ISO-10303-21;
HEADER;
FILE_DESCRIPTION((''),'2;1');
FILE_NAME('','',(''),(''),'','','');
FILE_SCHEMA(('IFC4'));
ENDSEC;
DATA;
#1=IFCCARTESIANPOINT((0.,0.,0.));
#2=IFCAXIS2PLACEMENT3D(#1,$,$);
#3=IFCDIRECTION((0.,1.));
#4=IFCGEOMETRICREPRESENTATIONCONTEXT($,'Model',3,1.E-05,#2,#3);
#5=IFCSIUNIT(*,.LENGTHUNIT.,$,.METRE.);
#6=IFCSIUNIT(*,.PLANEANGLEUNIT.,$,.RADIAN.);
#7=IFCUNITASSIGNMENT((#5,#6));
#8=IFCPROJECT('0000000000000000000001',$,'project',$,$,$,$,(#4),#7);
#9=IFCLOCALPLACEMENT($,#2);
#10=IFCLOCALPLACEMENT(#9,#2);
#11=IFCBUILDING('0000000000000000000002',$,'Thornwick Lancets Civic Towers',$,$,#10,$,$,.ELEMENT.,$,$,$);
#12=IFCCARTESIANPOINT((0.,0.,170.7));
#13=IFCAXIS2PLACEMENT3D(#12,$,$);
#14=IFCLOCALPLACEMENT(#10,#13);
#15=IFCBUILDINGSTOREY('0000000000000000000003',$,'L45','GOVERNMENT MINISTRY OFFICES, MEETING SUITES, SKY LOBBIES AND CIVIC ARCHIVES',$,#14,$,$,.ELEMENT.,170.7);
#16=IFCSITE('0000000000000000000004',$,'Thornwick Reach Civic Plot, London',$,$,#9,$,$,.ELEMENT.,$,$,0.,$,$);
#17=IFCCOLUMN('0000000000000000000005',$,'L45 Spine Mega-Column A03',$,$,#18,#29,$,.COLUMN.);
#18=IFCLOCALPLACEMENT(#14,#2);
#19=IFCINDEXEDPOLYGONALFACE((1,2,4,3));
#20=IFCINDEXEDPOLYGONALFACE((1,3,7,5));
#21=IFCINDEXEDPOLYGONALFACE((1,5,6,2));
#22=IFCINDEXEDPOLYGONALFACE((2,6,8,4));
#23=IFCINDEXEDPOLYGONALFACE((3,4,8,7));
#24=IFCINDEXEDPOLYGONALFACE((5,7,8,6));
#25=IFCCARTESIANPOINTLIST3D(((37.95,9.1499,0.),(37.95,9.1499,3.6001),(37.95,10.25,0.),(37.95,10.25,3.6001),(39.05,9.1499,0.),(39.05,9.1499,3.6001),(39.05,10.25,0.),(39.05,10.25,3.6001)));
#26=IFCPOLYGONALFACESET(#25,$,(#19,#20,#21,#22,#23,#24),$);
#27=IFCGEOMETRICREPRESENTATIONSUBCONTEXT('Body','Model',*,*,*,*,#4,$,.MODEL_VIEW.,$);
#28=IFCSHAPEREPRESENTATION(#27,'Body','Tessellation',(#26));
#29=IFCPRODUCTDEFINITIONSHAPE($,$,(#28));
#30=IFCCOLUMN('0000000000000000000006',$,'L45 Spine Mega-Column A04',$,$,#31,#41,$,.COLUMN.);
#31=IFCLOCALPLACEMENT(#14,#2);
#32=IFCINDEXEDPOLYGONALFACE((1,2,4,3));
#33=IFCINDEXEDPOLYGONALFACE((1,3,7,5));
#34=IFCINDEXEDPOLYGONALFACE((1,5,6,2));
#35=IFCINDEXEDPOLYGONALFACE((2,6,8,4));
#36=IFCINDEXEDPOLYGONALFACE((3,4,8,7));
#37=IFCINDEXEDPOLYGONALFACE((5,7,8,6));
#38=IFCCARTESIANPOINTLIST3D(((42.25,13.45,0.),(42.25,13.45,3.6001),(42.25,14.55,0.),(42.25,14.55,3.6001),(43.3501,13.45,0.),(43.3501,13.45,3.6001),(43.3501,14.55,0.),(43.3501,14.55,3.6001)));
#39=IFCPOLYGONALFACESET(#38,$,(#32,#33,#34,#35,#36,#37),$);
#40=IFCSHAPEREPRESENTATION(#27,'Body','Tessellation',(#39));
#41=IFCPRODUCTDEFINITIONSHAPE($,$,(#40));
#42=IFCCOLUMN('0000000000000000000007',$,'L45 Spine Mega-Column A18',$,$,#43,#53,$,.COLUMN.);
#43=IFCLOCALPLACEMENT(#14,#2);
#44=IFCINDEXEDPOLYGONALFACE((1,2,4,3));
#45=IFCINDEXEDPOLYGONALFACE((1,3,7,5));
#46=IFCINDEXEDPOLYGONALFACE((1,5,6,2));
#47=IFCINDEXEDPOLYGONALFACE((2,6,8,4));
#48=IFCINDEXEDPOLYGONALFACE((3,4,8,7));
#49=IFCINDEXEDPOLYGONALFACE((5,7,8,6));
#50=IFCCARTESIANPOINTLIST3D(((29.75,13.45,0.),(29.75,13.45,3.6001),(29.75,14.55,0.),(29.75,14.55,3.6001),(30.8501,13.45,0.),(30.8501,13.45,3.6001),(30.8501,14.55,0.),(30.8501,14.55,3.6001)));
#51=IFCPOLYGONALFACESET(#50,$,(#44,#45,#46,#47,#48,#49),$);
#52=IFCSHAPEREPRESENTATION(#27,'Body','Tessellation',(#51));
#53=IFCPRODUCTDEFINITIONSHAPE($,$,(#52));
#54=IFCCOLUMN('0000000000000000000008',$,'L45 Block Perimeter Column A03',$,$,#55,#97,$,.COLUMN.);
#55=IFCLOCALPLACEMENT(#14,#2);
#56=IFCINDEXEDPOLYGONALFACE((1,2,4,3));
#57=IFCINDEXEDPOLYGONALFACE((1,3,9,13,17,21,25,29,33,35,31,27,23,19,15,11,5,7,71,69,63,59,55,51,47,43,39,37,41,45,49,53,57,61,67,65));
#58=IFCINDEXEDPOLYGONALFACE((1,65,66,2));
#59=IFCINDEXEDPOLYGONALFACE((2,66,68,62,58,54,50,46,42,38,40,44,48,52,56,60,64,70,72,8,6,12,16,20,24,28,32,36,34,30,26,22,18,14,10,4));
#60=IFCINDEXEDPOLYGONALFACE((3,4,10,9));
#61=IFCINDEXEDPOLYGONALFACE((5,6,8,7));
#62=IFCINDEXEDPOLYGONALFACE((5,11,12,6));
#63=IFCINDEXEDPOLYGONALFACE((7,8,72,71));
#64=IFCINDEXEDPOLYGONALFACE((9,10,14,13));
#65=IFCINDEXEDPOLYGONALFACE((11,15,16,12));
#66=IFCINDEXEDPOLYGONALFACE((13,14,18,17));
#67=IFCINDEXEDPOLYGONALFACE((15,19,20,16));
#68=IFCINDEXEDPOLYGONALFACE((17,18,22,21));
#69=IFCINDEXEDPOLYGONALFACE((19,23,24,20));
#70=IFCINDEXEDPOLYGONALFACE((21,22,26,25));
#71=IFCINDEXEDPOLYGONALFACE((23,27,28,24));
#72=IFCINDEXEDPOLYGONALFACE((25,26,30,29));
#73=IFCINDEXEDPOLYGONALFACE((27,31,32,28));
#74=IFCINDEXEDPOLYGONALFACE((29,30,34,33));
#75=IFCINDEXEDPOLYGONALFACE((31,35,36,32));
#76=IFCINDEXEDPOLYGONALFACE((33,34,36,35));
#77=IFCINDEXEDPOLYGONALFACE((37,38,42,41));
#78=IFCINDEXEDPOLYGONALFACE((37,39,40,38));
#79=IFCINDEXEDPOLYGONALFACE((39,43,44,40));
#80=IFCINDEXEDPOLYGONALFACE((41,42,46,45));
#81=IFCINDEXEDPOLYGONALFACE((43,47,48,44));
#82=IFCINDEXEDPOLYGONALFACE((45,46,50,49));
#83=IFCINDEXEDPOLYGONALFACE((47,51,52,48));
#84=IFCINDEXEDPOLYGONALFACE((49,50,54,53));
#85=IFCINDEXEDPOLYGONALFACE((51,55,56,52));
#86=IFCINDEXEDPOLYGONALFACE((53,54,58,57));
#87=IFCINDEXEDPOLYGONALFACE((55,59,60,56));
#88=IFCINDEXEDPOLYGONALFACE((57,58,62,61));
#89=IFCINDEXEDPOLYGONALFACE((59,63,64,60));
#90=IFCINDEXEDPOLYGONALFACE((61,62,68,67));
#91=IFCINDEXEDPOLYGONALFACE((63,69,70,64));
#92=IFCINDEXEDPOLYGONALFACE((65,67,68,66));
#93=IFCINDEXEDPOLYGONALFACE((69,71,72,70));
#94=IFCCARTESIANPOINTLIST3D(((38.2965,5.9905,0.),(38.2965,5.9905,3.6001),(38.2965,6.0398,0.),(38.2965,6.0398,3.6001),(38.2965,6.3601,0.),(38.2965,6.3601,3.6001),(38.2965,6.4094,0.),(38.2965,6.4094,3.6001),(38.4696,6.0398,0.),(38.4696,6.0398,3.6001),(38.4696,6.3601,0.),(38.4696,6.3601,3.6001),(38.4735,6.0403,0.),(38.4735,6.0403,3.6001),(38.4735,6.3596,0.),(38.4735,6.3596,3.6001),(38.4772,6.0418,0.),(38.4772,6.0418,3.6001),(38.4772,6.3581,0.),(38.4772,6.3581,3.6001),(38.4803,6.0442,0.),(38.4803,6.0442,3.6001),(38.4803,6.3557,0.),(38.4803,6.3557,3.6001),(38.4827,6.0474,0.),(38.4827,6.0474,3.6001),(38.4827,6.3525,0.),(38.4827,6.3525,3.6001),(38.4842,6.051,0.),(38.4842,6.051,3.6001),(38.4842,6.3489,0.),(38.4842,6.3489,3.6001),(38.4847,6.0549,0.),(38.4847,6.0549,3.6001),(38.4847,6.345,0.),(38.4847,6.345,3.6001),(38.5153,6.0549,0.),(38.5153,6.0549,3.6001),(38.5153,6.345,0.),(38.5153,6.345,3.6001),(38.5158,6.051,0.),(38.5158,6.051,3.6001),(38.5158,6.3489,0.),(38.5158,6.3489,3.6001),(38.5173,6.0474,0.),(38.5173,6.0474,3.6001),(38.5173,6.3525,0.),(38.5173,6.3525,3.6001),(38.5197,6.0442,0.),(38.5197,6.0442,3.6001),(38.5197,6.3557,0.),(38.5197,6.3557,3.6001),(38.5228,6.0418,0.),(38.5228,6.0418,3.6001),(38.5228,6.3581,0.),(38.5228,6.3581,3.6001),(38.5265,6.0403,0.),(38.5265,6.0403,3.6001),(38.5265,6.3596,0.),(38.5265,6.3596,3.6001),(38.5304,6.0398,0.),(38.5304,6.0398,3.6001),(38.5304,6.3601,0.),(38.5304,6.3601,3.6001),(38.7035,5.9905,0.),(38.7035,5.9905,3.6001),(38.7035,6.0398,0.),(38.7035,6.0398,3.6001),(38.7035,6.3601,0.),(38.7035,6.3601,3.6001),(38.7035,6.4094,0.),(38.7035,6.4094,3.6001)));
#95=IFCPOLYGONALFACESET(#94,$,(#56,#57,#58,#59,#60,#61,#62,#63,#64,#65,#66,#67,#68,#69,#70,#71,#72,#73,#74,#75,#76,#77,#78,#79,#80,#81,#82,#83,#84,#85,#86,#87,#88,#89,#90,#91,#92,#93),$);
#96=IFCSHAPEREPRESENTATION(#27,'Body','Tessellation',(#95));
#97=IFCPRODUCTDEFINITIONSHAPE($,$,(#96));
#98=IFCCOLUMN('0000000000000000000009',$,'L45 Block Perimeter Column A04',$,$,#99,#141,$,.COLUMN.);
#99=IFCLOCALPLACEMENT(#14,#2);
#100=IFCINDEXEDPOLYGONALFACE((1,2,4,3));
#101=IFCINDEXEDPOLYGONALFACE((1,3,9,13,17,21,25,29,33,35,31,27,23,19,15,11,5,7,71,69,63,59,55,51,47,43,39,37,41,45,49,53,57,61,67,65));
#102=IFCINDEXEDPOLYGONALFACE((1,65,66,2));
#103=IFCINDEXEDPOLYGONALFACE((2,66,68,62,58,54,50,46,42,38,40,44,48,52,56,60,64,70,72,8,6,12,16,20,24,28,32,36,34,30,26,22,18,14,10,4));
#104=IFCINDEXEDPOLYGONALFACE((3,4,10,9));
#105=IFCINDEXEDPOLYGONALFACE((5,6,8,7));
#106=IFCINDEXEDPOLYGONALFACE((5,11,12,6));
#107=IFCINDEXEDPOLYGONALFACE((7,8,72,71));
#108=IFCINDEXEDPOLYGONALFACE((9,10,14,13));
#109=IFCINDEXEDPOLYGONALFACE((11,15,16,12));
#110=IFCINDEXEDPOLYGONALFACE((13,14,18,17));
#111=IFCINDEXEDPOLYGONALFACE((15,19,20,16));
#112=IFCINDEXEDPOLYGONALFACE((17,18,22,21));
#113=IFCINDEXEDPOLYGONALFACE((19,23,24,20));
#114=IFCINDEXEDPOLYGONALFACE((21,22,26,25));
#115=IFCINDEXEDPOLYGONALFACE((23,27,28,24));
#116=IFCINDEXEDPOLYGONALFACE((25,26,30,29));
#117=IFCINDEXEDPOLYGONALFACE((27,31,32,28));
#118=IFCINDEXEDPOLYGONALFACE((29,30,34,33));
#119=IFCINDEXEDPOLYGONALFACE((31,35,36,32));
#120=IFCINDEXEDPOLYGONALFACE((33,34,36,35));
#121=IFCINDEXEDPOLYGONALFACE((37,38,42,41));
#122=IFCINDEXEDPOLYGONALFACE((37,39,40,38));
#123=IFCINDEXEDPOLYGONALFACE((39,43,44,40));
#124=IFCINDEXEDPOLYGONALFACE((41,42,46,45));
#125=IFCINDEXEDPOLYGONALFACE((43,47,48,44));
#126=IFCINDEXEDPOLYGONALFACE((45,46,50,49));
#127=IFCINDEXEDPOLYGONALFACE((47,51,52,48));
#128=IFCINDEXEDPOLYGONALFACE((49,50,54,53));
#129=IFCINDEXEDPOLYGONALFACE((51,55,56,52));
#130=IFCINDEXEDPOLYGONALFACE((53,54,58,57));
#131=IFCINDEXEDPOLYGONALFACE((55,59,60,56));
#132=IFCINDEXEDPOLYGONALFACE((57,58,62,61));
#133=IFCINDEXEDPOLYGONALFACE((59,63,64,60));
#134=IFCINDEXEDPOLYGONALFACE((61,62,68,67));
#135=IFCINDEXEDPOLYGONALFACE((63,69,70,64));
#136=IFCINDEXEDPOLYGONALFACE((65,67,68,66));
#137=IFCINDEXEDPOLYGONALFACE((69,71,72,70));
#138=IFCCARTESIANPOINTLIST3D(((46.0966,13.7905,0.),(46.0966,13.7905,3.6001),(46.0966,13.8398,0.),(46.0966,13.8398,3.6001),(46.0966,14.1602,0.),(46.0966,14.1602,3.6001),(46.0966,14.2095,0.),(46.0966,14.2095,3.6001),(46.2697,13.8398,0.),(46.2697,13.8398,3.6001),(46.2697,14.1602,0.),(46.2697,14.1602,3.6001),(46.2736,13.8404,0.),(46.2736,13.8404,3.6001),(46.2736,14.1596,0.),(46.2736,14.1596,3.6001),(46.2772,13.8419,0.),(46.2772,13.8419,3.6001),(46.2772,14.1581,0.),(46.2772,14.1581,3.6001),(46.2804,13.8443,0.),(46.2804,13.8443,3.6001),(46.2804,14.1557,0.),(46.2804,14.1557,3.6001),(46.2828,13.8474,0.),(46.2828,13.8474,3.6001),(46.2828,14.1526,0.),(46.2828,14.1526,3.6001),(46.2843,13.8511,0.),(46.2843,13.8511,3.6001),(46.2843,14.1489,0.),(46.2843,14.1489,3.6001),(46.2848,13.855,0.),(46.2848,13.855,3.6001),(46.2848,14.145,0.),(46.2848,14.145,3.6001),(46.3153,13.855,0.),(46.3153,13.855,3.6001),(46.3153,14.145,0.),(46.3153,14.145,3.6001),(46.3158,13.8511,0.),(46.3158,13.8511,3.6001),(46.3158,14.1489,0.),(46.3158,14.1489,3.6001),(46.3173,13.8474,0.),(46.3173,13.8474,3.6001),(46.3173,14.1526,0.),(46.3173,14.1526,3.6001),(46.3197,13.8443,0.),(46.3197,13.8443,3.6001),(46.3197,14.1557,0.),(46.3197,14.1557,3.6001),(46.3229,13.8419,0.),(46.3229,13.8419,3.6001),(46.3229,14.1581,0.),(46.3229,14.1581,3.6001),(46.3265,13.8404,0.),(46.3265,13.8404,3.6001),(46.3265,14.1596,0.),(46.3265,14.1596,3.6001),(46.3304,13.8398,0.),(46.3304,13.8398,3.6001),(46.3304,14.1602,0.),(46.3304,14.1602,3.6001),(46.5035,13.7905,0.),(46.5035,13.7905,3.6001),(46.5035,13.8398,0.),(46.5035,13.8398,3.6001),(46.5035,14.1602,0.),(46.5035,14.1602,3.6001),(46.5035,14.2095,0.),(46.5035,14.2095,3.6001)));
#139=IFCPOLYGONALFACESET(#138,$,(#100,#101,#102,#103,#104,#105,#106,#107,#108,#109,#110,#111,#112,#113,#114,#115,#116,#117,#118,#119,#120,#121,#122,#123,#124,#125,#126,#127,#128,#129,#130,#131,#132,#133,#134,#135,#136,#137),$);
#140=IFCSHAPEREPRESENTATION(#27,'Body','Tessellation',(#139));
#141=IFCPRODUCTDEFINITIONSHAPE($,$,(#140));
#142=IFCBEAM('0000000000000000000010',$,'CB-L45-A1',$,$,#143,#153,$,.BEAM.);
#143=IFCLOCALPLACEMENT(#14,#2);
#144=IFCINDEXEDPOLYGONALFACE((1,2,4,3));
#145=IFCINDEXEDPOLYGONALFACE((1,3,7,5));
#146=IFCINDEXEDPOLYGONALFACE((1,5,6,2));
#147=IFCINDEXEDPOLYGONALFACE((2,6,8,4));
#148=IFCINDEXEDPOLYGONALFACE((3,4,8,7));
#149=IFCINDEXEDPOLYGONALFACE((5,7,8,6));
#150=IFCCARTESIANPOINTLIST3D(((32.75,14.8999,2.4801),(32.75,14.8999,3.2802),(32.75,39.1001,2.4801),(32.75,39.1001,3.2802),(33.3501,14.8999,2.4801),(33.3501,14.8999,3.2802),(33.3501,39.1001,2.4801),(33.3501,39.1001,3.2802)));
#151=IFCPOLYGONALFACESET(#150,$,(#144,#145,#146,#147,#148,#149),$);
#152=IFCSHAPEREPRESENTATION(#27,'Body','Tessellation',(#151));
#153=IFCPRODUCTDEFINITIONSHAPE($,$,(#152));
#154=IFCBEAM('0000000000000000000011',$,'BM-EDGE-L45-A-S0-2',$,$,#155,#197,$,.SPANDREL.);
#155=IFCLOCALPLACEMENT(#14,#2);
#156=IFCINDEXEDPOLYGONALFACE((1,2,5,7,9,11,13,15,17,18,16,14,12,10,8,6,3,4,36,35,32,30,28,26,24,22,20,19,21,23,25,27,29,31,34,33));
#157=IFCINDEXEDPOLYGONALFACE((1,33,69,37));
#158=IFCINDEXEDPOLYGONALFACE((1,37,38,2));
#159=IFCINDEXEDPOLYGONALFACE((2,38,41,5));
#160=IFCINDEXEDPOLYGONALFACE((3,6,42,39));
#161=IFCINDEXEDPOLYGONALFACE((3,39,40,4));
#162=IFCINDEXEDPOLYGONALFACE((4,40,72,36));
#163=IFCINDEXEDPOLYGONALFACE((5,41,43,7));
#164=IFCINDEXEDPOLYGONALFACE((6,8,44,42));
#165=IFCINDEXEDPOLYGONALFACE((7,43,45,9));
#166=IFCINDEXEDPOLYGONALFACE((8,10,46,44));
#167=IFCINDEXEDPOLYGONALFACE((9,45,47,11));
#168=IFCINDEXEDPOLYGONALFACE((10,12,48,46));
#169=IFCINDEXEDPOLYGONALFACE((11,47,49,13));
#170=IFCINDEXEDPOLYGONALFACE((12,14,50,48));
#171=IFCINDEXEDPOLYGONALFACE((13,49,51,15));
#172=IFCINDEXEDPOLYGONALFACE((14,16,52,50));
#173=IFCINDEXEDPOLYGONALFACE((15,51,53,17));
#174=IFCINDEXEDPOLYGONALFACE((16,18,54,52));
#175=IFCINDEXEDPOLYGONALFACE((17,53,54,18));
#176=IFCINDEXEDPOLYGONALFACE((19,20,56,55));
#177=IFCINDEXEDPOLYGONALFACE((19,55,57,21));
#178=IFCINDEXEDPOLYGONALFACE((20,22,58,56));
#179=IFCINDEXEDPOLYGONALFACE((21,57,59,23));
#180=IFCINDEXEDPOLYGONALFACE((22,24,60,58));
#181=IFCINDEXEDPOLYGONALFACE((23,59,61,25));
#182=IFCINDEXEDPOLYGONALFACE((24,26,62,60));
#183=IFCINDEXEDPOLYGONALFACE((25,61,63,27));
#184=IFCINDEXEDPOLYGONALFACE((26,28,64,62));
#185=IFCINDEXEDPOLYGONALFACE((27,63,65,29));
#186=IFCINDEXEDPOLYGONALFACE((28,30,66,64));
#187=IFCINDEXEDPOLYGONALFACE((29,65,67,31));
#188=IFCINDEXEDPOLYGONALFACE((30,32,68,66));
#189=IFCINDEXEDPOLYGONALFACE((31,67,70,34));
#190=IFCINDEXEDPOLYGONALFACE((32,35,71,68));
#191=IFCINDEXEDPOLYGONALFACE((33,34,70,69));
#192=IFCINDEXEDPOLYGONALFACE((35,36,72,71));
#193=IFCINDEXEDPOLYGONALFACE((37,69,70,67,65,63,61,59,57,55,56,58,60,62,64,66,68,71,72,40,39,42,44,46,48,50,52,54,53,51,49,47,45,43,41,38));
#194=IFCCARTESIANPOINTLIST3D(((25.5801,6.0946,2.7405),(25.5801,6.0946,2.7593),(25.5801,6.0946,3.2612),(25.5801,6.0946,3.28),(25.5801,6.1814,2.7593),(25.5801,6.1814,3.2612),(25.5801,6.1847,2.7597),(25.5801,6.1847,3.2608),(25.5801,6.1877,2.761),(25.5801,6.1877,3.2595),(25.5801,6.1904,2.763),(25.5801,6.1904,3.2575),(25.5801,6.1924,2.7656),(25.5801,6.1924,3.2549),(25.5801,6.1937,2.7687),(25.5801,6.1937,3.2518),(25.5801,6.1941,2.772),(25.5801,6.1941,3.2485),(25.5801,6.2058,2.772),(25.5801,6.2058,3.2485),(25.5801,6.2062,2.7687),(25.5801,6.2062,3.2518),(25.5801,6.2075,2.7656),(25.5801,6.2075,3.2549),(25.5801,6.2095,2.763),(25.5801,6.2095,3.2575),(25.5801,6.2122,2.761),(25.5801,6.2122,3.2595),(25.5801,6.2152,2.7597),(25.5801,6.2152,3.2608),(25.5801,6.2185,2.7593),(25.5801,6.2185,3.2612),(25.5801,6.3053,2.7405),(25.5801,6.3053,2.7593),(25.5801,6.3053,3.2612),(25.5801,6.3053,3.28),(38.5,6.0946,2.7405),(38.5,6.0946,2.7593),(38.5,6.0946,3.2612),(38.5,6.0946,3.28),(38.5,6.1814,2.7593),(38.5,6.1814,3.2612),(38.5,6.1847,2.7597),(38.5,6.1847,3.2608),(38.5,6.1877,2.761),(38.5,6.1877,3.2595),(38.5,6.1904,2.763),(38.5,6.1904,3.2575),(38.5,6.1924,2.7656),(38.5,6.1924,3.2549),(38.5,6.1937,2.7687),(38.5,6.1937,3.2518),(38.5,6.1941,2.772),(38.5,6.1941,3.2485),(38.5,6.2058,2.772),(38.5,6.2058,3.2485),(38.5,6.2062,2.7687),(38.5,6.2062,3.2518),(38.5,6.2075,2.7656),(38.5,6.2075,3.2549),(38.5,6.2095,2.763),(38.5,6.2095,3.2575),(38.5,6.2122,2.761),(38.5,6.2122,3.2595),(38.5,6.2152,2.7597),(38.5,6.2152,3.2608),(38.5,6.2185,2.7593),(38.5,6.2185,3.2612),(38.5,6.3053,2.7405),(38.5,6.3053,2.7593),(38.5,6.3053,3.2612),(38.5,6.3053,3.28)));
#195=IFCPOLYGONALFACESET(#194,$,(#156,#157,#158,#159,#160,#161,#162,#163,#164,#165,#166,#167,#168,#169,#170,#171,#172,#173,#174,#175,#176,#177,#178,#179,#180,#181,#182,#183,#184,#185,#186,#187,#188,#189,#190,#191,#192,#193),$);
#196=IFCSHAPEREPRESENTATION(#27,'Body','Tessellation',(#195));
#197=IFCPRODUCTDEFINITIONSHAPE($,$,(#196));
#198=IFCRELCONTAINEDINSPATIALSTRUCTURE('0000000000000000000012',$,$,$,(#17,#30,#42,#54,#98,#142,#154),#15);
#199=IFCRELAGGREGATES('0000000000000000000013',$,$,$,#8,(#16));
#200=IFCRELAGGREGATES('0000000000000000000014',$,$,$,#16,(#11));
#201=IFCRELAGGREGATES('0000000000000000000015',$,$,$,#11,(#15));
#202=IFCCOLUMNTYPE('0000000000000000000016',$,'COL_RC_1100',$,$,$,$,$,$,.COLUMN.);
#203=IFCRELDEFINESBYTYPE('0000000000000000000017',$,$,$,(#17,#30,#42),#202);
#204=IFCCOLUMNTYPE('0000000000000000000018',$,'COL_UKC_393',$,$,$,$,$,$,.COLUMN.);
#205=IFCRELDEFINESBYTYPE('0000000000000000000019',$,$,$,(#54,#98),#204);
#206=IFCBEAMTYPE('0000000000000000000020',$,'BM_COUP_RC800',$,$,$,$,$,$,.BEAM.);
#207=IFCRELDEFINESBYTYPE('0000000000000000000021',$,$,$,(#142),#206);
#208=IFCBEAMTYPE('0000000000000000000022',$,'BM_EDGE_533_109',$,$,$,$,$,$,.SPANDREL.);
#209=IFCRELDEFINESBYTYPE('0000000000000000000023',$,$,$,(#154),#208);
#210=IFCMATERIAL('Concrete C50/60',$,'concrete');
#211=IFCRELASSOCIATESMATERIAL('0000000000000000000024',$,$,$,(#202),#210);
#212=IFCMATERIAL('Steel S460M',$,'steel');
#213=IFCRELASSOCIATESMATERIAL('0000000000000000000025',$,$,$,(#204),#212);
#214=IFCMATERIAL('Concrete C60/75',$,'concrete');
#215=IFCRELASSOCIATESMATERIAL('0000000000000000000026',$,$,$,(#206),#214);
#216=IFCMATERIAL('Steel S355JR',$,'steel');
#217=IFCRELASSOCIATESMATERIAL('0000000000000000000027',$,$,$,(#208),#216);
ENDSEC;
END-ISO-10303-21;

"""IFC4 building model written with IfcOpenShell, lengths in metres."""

from ifc_helpers import new_model, si_unit, direction, frame, origin, origin_2d, place, context, subcontext, project, spatial, rectangle, i_section, extrude, material, material_profile, profile_set, type_object, element, save


model = new_model("IFC4")

# Units and contexts
model_context = context("Model", 3, precision=1e-05, world=origin(), true_north=direction((0.0, 1.0)))
body_context = subcontext(model_context, "Body", "Model", "MODEL_VIEW")
ifc_project = project(units=[si_unit("LENGTHUNIT", "METRE"), si_unit("PLANEANGLEUNIT", "RADIAN")], contexts=[model_context])

# Site, building, storey
site_placement = place(None, origin())
site = spatial("IfcSite", under=ifc_project, at=site_placement, Name="Thornwick Reach Civic Plot, London", CompositionType="ELEMENT", RefElevation=0.0)
building_placement = place(site_placement, origin())
building = spatial("IfcBuilding", under=site, at=building_placement, Name="Thornwick Lancets Civic Towers", CompositionType="ELEMENT")
storey_placement = place(building_placement, frame((0.0, 0.0, 170.7)))
storey = spatial("IfcBuildingStorey", under=building, at=storey_placement, Name="L45", Description="GOVERNMENT MINISTRY OFFICES, MEETING SUITES, SKY LOBBIES AND CIVIC ARCHIVES", CompositionType="ELEMENT", Elevation=170.7)

# Columns
ifc_material_1 = material(Name="Concrete C50/60", Category="concrete")
ifc_material_profile_1 = material_profile(ifc_material_1, rectangle(XDim=1.1001, YDim=1.1001, at=origin_2d()), Name="RC 1100x1100")
ifc_profile_set_1 = profile_set([ifc_material_profile_1], Name="Concrete C50/60")
column_type_1 = type_object("IfcColumnType", Name="COL_RC_1100", PredefinedType="COLUMN", material=ifc_profile_set_1)
for number, where, z_axis, x_axis, name in (
    (1, (38.5, 9.7, 0.0), (0.0, 0.0, 1.0), (1.0, 0.0, 0.0), "L45 Spine Mega-Column A03"),
    (2, (42.8, 14.0, 0.0), (0.0, 0.0, 1.0), (1.0, 0.0, 0.0), "L45 Spine Mega-Column A04"),
    (3, (30.3, 14.0, 0.0), (0.0, 0.0, 1.0), (1.0, 0.0, 0.0), "L45 Spine Mega-Column A18"),
):
    element("IfcColumn", number, at=place(storey_placement, frame(where, z_axis=z_axis, x_axis=x_axis)), inside=storey, type_object=column_type_1, Name=name, PredefinedType="COLUMN", context=body_context, shape_type="SweptSolid", body=[
        extrude(rectangle(XDim=1.1001, YDim=1.1001, at=origin_2d()), origin(), (0.0, 0.0, 1.0), 3.6001),
    ])
ifc_material_2 = material(Name="Steel S460M", Category="steel")
ifc_material_profile_2 = material_profile(ifc_material_2, i_section(OverallWidth=0.407, OverallDepth=0.4189, WebThickness=0.0305, FlangeThickness=0.0493, FilletRadius=0.0151, at=origin_2d()), Name="UKC 356x406x393")
ifc_profile_set_2 = profile_set([ifc_material_profile_2], Name="Steel S460M")
column_type_2 = type_object("IfcColumnType", Name="COL_UKC_393", PredefinedType="COLUMN", material=ifc_profile_set_2)
for number, where, z_axis, x_axis, name in (
    (4, (38.5, 6.2, 0.0), (0.0, 0.0, 1.0), (1.0, 0.0, 0.0), "L45 Block Perimeter Column A03"),
    (5, (46.3, 14.0, 0.0), (0.0, 0.0, 1.0), (1.0, 0.0, 0.0), "L45 Block Perimeter Column A04"),
):
    element("IfcColumn", number, at=place(storey_placement, frame(where, z_axis=z_axis, x_axis=x_axis)), inside=storey, type_object=column_type_2, Name=name, PredefinedType="COLUMN", context=body_context, shape_type="SweptSolid", body=[
        extrude(i_section(OverallWidth=0.407, OverallDepth=0.4189, WebThickness=0.0305, FlangeThickness=0.0493, FilletRadius=0.0151, at=origin_2d()), origin(), (0.0, 0.0, 1.0), 3.6001),
    ])

# Beams
ifc_material_3 = material(Name="Concrete C60/75", Category="concrete")
ifc_material_profile_3 = material_profile(ifc_material_3, rectangle(XDim=0.6001, YDim=0.8, at=origin_2d()), Name="RC 600x800")
ifc_profile_set_3 = profile_set([ifc_material_profile_3], Name="Concrete C60/75")
beam_type_1 = type_object("IfcBeamType", Name="BM_COUP_RC800", PredefinedType="BEAM", material=ifc_profile_set_3)
beam_1_placement = place(storey_placement, frame((33.05, 14.8999, 2.8801), z_axis=(0.0, 1.0, 0.0), x_axis=(-1.0, 0.0, 0.0)))
element("IfcBeam", 6, at=beam_1_placement, inside=storey, type_object=beam_type_1, Name="CB-L45-A1", PredefinedType="BEAM", context=body_context, shape_type="SweptSolid", body=[
    extrude(rectangle(XDim=0.6001, YDim=0.8, at=origin_2d()), origin(), (0.0, 0.0, 1.0), 24.2002),
])
ifc_material_4 = material(Name="Steel S355JR", Category="steel")
ifc_material_profile_4 = material_profile(ifc_material_4, i_section(OverallWidth=0.2107, OverallDepth=0.5396, WebThickness=0.0117, FlangeThickness=0.0188, FilletRadius=0.0127, at=origin_2d()), Name="UKB 533x210x109")
ifc_profile_set_4 = profile_set([ifc_material_profile_4], Name="Steel S355JR")
beam_type_2 = type_object("IfcBeamType", Name="BM_EDGE_533_109", PredefinedType="SPANDREL", material=ifc_profile_set_4)
beam_2_placement = place(storey_placement, frame((25.5801, 6.2, 3.0103), z_axis=(1.0, 0.0, 0.0), x_axis=(0.0, 1.0, 0.0)))
element("IfcBeam", 7, at=beam_2_placement, inside=storey, type_object=beam_type_2, Name="BM-EDGE-L45-A-S0-2", PredefinedType="SPANDREL", context=body_context, shape_type="SweptSolid", body=[
    extrude(i_section(OverallWidth=0.2107, OverallDepth=0.5396, WebThickness=0.0117, FlangeThickness=0.0188, FilletRadius=0.0127, at=origin_2d()), origin(), (0.0, 0.0, 1.0), 12.9199),
])

save(model, "model.ifc")
